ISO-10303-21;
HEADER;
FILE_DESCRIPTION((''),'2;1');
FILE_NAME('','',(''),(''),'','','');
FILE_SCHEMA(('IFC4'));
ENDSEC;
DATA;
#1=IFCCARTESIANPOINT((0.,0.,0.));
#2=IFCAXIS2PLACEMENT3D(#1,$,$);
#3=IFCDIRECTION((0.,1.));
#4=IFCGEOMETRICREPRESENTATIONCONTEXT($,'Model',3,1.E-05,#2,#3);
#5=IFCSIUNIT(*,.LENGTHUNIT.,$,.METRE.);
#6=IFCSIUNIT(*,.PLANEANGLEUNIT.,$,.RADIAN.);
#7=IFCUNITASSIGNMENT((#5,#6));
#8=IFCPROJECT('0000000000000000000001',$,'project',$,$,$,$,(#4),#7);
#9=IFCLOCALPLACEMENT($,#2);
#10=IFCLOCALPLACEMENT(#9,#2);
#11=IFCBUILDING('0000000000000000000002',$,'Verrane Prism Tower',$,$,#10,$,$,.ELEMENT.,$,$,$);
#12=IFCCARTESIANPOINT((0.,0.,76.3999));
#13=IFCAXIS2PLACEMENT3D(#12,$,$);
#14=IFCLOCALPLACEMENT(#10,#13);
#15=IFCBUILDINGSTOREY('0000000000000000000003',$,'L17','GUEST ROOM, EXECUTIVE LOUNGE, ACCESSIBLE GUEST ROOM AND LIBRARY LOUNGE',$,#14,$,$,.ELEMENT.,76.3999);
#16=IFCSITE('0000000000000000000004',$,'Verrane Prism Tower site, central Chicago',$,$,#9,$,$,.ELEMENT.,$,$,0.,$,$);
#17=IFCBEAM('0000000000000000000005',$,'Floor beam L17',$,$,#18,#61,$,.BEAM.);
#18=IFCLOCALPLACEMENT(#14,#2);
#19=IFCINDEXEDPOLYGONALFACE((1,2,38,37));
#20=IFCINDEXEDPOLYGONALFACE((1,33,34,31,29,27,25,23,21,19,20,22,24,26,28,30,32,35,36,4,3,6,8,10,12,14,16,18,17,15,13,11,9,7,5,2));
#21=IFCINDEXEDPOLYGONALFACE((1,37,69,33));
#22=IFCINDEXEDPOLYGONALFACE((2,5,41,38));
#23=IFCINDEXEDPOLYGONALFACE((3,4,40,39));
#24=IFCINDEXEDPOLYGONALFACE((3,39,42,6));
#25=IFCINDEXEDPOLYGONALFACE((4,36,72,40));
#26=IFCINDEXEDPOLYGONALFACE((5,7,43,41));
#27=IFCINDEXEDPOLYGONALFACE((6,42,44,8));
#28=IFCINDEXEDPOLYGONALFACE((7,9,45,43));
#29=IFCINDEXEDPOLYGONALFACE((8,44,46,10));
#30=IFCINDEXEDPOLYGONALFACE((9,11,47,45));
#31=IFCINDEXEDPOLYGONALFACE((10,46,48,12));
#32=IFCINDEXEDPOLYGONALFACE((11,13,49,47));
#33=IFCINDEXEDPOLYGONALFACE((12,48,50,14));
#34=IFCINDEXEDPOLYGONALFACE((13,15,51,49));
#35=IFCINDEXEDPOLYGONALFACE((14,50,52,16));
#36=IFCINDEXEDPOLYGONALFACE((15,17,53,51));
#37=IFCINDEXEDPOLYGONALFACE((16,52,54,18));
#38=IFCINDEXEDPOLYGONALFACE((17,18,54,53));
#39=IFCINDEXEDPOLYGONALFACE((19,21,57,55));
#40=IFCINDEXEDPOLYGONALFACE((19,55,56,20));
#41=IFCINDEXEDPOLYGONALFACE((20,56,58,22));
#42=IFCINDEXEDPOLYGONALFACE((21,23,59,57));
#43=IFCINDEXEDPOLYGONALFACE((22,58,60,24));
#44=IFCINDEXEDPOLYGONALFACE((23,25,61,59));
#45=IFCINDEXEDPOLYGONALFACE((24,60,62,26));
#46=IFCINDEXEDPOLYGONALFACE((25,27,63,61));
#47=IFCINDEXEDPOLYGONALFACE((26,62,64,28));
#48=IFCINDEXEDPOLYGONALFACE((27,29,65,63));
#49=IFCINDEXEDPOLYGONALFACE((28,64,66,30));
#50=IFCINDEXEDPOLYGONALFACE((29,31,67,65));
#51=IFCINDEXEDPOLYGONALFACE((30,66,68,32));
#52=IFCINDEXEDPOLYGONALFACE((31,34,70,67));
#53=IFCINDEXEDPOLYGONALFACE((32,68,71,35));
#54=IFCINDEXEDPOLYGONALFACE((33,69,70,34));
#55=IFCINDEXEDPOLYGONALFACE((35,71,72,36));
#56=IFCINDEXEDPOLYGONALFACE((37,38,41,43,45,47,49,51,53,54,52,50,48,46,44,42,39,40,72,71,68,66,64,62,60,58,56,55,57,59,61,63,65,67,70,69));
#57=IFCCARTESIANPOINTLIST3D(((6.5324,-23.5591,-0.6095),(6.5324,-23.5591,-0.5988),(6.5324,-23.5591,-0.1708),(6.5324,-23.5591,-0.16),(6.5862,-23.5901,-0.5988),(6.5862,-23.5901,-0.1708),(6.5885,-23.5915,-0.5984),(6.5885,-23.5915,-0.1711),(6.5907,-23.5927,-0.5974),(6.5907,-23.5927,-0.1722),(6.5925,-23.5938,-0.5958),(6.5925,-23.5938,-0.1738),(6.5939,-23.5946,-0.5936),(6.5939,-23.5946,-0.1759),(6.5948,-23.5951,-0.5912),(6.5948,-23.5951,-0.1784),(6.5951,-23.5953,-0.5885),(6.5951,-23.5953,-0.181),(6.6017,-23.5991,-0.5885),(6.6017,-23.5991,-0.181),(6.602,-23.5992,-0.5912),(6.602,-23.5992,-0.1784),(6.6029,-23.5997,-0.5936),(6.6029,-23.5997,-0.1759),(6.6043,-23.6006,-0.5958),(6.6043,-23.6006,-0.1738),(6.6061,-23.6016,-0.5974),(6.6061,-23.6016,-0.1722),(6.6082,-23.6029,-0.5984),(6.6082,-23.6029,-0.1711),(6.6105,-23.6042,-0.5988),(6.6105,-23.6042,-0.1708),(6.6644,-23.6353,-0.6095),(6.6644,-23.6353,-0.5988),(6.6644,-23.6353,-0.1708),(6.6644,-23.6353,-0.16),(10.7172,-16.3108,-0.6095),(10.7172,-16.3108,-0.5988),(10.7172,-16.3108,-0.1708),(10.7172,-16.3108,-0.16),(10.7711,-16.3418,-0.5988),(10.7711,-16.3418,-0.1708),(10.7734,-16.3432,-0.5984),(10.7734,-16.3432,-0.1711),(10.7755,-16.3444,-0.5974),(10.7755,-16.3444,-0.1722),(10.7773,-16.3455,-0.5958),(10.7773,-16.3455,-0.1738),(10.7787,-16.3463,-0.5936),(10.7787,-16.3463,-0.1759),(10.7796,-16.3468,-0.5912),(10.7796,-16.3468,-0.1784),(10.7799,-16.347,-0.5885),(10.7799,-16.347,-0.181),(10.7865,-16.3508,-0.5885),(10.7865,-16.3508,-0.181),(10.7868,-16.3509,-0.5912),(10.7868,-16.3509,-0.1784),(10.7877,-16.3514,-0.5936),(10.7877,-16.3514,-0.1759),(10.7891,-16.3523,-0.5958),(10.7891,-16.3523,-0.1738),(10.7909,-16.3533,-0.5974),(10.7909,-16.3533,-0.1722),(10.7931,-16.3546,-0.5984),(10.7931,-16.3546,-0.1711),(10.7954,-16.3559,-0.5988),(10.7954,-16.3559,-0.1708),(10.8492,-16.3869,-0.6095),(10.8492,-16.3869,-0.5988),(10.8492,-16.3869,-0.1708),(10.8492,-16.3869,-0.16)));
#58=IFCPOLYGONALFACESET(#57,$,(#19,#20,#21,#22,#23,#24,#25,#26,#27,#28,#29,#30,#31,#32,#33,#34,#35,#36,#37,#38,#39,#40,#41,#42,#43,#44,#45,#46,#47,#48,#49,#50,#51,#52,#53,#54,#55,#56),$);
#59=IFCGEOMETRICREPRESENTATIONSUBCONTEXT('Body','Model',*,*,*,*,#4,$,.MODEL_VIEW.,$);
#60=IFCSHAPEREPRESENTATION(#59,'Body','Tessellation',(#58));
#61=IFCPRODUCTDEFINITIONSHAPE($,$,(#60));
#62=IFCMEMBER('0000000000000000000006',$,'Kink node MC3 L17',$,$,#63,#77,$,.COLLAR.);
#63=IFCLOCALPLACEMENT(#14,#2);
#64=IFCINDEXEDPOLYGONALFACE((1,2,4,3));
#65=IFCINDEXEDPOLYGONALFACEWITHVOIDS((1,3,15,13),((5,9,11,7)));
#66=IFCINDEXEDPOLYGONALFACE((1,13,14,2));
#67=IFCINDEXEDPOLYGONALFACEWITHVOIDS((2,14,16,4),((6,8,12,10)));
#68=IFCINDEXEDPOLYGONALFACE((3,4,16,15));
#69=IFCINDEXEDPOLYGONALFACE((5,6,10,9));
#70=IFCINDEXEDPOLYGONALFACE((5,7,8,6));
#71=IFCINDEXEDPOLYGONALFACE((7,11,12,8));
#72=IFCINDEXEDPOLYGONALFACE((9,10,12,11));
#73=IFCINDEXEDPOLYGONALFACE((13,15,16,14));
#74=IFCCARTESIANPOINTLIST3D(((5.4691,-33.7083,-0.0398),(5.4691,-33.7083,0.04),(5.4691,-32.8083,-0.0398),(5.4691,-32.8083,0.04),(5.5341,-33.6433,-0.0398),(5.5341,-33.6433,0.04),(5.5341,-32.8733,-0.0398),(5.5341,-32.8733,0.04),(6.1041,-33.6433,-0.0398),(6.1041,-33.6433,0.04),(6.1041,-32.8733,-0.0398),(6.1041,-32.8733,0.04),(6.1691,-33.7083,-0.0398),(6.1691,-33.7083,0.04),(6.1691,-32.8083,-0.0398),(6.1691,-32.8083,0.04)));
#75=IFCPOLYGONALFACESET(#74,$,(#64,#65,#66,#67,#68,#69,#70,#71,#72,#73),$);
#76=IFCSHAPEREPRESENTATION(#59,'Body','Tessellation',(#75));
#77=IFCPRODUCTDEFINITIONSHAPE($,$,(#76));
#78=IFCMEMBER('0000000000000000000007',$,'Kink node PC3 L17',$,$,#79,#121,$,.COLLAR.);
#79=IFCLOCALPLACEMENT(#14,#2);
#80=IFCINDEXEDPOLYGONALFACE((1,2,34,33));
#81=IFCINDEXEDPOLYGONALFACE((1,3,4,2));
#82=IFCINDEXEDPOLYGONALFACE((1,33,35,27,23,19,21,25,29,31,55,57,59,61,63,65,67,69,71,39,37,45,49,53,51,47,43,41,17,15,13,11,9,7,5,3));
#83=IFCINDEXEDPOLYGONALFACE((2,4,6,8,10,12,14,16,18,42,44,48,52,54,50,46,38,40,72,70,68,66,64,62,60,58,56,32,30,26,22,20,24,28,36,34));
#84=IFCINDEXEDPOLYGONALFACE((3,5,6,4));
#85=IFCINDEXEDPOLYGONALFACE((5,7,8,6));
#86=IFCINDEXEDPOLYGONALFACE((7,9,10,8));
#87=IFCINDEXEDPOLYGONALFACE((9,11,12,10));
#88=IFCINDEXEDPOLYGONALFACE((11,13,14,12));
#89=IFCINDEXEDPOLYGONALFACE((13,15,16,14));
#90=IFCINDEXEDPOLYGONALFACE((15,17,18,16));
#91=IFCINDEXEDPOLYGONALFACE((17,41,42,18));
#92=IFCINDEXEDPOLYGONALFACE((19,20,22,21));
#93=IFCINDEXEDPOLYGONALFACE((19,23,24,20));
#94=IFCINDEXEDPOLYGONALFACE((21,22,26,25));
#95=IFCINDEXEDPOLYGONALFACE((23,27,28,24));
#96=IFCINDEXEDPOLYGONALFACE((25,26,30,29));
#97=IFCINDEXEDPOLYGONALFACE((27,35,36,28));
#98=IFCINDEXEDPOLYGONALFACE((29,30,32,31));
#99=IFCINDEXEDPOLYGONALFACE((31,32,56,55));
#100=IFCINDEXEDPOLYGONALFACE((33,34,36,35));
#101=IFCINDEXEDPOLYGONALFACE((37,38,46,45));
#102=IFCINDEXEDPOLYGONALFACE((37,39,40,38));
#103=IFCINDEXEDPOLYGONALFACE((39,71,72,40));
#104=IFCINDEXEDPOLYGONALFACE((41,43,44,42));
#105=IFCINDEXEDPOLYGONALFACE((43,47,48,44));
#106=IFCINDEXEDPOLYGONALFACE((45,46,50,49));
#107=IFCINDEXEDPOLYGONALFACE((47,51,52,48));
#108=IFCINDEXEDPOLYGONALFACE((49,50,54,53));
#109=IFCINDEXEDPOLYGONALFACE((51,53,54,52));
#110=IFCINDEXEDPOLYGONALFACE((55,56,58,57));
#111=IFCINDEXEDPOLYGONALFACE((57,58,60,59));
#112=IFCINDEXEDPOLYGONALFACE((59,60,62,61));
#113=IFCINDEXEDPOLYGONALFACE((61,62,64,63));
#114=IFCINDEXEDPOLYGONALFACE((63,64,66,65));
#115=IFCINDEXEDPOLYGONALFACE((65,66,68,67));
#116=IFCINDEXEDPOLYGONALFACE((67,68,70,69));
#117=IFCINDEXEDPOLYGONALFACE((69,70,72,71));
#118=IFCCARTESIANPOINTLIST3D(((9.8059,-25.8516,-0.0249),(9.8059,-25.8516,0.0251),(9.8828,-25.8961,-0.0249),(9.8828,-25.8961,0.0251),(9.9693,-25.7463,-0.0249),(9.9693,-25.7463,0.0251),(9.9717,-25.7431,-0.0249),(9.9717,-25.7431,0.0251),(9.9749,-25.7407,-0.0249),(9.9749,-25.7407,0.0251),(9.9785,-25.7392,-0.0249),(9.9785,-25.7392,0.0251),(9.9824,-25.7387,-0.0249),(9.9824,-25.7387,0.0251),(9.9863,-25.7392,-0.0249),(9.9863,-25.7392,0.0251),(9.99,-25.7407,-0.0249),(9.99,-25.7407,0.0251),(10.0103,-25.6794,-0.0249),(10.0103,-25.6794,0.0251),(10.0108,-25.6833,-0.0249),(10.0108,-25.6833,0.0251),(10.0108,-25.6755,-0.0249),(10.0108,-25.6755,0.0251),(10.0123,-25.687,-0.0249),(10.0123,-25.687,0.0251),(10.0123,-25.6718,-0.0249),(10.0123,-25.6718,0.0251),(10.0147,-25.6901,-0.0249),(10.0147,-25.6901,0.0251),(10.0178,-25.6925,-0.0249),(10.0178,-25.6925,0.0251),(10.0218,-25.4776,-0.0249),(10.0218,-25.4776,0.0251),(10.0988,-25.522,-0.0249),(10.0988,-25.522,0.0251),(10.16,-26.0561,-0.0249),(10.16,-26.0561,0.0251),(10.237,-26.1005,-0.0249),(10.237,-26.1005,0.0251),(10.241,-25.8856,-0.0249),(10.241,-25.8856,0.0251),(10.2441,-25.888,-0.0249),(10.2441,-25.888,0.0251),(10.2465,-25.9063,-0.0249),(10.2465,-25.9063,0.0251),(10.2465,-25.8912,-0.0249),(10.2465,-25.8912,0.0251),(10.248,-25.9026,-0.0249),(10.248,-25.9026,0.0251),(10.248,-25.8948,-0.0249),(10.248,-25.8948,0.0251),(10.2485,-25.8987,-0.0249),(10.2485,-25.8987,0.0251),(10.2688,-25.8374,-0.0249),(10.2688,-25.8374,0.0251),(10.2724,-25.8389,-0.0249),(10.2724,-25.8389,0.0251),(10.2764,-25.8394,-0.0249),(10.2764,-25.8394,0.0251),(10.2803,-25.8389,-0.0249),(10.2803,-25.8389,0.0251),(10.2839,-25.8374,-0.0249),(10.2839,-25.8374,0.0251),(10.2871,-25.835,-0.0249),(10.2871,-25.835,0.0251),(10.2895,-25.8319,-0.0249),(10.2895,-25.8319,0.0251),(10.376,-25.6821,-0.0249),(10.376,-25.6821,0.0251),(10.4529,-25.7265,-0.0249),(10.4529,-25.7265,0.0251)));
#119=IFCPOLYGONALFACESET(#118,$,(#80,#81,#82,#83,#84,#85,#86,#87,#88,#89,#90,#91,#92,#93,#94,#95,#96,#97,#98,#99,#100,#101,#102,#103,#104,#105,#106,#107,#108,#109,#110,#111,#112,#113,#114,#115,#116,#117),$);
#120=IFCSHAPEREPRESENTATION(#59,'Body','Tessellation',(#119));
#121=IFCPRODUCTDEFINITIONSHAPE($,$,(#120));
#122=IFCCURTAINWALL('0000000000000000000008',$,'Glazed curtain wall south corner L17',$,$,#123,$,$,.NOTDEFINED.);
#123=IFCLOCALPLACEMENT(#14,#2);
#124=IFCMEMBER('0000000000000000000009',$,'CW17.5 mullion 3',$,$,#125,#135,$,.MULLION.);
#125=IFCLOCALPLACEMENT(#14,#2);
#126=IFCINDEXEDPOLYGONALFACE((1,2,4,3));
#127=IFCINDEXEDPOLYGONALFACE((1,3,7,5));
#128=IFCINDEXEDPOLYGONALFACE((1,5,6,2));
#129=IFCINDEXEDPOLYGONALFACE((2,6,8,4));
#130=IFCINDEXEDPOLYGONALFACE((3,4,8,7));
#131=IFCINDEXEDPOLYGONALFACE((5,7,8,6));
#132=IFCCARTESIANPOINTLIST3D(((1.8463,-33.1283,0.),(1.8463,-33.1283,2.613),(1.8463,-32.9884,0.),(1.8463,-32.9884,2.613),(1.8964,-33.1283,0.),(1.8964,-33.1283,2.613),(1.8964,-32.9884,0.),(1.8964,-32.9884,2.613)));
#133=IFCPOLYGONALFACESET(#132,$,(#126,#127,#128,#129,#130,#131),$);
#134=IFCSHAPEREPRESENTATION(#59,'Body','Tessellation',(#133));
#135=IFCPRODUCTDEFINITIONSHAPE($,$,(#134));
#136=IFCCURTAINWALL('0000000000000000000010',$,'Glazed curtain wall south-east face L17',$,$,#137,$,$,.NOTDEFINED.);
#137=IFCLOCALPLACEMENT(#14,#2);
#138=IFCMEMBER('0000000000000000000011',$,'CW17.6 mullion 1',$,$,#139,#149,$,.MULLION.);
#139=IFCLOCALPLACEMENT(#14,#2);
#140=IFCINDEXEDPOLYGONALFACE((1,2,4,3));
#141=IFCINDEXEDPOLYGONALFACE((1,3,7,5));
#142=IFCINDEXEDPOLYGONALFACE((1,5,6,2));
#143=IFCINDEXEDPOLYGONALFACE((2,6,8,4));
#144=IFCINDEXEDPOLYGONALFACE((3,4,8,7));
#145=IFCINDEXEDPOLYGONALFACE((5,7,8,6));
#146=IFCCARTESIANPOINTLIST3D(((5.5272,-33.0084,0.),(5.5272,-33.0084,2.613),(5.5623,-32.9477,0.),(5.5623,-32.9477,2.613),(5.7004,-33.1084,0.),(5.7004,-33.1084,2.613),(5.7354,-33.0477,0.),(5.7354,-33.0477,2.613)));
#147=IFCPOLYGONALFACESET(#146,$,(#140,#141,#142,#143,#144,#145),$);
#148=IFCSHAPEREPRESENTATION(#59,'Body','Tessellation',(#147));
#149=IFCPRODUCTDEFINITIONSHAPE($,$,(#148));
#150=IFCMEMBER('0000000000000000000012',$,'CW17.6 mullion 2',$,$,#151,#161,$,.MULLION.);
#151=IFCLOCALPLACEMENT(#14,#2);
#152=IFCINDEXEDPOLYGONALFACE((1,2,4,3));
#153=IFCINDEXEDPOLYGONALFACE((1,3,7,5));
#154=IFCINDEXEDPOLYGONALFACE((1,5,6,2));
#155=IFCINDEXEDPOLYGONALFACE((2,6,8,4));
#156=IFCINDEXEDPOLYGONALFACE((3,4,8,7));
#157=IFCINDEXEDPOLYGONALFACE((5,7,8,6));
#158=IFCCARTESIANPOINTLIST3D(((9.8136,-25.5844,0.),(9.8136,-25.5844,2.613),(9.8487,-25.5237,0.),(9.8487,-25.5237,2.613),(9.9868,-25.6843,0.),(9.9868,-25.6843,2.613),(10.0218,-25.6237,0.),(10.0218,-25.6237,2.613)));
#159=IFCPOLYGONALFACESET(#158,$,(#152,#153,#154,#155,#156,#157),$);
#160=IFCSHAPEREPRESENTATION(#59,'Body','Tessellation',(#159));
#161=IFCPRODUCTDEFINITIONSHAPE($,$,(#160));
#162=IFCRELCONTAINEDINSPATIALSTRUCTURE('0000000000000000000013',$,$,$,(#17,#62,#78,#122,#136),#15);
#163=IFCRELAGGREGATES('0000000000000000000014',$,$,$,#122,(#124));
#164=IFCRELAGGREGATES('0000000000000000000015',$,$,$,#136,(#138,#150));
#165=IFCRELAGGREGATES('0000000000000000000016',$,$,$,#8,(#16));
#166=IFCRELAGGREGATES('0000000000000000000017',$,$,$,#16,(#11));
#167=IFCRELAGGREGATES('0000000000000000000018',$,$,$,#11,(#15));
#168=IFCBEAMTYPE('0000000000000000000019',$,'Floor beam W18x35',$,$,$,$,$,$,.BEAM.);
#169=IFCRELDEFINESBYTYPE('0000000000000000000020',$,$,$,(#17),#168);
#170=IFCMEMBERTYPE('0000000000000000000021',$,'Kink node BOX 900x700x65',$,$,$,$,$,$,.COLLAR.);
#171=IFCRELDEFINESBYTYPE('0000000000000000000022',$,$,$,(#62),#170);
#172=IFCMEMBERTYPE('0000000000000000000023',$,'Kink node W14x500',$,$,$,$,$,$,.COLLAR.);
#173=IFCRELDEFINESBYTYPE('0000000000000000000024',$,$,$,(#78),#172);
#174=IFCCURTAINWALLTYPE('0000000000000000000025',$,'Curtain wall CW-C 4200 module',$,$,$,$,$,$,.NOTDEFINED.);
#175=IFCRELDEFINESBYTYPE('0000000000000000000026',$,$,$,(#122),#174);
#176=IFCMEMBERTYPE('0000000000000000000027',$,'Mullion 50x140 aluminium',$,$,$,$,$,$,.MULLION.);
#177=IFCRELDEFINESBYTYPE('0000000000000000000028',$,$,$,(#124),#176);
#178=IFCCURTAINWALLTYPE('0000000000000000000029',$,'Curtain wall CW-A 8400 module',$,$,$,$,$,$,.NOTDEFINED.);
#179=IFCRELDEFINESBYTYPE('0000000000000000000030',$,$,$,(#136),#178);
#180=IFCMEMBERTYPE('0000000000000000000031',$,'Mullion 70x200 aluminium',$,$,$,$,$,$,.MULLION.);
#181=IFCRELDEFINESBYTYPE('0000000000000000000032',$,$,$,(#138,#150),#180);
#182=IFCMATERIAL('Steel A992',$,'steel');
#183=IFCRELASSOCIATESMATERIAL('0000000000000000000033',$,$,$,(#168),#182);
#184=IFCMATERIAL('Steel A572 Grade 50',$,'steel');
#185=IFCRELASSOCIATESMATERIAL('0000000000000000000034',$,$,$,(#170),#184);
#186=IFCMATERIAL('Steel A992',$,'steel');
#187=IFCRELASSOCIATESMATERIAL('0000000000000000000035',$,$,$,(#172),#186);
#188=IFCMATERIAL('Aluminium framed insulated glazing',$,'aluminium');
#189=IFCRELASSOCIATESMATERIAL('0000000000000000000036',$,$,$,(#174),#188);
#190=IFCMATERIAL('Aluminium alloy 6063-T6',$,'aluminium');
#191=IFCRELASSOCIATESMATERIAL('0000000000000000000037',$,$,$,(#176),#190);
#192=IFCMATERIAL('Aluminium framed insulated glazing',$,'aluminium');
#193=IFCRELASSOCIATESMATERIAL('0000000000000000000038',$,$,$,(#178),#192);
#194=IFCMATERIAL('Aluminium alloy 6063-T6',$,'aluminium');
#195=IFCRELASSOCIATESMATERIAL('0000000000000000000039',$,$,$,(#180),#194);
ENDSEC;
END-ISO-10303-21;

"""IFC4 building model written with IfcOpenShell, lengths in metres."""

from ifc_helpers import new_model, si_unit, direction, frame, origin, origin_2d, place, context, subcontext, project, spatial, rectangle, hollow_rectangle, i_section, extrude, material, material_profile, profile_set, type_object, element, aggregate, save


model = new_model("IFC4")

# Units and contexts
model_context = context("Model", 3, precision=1e-05, world=origin(), true_north=direction((0.0, 1.0)))
body_context = subcontext(model_context, "Body", "Model", "MODEL_VIEW")
ifc_project = project(units=[si_unit("LENGTHUNIT", "METRE"), si_unit("PLANEANGLEUNIT", "RADIAN")], contexts=[model_context])

# Site, building, storey
site_placement = place(None, origin())
site = spatial("IfcSite", under=ifc_project, at=site_placement, Name="Verrane Prism Tower site, central Chicago", CompositionType="ELEMENT", RefElevation=0.0)
building_placement = place(site_placement, origin())
building = spatial("IfcBuilding", under=site, at=building_placement, Name="Verrane Prism Tower", CompositionType="ELEMENT")
storey_placement = place(building_placement, frame((0.0, 0.0, 76.3999)))
storey = spatial("IfcBuildingStorey", under=building, at=storey_placement, Name="L17", Description="GUEST ROOM, EXECUTIVE LOUNGE, ACCESSIBLE GUEST ROOM AND LIBRARY LOUNGE", CompositionType="ELEMENT", Elevation=76.3999)

# Beam
ifc_material_1 = material(Name="Steel A992", Category="steel")
ifc_material_profile_1 = material_profile(ifc_material_1, i_section(OverallWidth=0.1523, OverallDepth=0.4495, WebThickness=0.0076, FlangeThickness=0.0107, FilletRadius=0.0103, at=origin_2d()), Name="W18x35")
ifc_profile_set_1 = profile_set([ifc_material_profile_1], Name="Steel A992")
beam_type_1 = type_object("IfcBeamType", Name="Floor beam W18x35", PredefinedType="BEAM", material=ifc_profile_set_1)
beam_1_placement = place(storey_placement, frame((6.5984, -23.5972, -0.3848), z_axis=(0.500001, 0.866025, 0.0), x_axis=(-0.866025, 0.500001, 0.0)))
element("IfcBeam", 1, at=beam_1_placement, inside=storey, type_object=beam_type_1, Name="Floor beam L17", PredefinedType="BEAM", context=body_context, shape_type="SweptSolid", body=[
    extrude(i_section(OverallWidth=0.1523, OverallDepth=0.4495, WebThickness=0.0076, FlangeThickness=0.0107, FilletRadius=0.0103, at=origin_2d()), origin(), (0.0, 0.0, 1.0), 8.3696),
])

# Members
ifc_material_2 = material(Name="Steel A572 Grade 50", Category="steel")
ifc_material_profile_2 = material_profile(ifc_material_2, hollow_rectangle(XDim=0.7, YDim=0.8999, WallThickness=0.0649, at=origin_2d()), Name="BOX 900x700x65")
ifc_profile_set_2 = profile_set([ifc_material_profile_2], Name="Steel A572 Grade 50")
member_type_1 = type_object("IfcMemberType", Name="Kink node BOX 900x700x65", PredefinedType="COLLAR", material=ifc_profile_set_2)
member_1_placement = place(storey_placement, frame((5.8191, -33.2583, -0.0398), z_axis=(0.0, 0.0, 1.0), x_axis=(-1.0, 0.0, 0.0)))
element("IfcMember", 2, at=member_1_placement, inside=storey, type_object=member_type_1, Name="Kink node MC3 L17", PredefinedType="COLLAR", context=body_context, shape_type="SweptSolid", body=[
    extrude(hollow_rectangle(XDim=0.7, YDim=0.8999, WallThickness=0.0649, at=origin_2d()), origin(), (0.0, 0.0, 1.0), 0.0798),
])
ifc_material_3 = material(Name="Steel A992", Category="steel")
ifc_material_profile_3 = material_profile(ifc_material_3, i_section(OverallWidth=0.4319, OverallDepth=0.4978, WebThickness=0.0557, FlangeThickness=0.0889, FilletRadius=0.0151, at=origin_2d()), Name="W14x500")
ifc_profile_set_3 = profile_set([ifc_material_profile_3], Name="Steel A992")
member_type_2 = type_object("IfcMemberType", Name="Kink node W14x500", PredefinedType="COLLAR", material=ifc_profile_set_3)
member_2_placement = place(storey_placement, frame((10.1294, -25.7891, -0.0249), z_axis=(0.0, 0.0, 1.0), x_axis=(-0.5, -0.866025, 0.0)))
element("IfcMember", 3, at=member_2_placement, inside=storey, type_object=member_type_2, Name="Kink node PC3 L17", PredefinedType="COLLAR", context=body_context, shape_type="SweptSolid", body=[
    extrude(i_section(OverallWidth=0.4319, OverallDepth=0.4978, WebThickness=0.0557, FlangeThickness=0.0889, FilletRadius=0.0151, at=origin_2d()), origin(), (0.0, 0.0, 1.0), 0.05),
])

# Curtain wall, member
ifc_material_4 = material(Name="Aluminium framed insulated glazing", Category="aluminium")
curtain_wall_type_1 = type_object("IfcCurtainWallType", Name="Curtain wall CW-C 4200 module", PredefinedType="NOTDEFINED", material=ifc_material_4)
curtain_wall_1_placement = place(storey_placement, origin())
curtain_wall_1 = element("IfcCurtainWall", 4, at=curtain_wall_1_placement, inside=storey, type_object=curtain_wall_type_1, Name="Glazed curtain wall south corner L17", PredefinedType="NOTDEFINED")
ifc_material_5 = material(Name="Aluminium alloy 6063-T6", Category="aluminium")
ifc_material_profile_4 = material_profile(ifc_material_5, rectangle(XDim=0.1399, YDim=0.05, at=origin_2d()), Name="Mullion 50x140 aluminium")
ifc_profile_set_4 = profile_set([ifc_material_profile_4], Name="Aluminium alloy 6063-T6")
member_type_3 = type_object("IfcMemberType", Name="Mullion 50x140 aluminium", PredefinedType="MULLION", material=ifc_profile_set_4)
member_3_placement = place(storey_placement, frame((1.8713, -33.0583, 0.0), z_axis=(0.0, 0.0, 1.0), x_axis=(0.0, 1.0, 0.0)))
member_3 = element("IfcMember", 5, at=member_3_placement, type_object=member_type_3, Name="CW17.5 mullion 3", PredefinedType="MULLION", context=body_context, shape_type="SweptSolid", body=[
    extrude(rectangle(XDim=0.1399, YDim=0.05, at=origin_2d()), origin(), (0.0, 0.0, 1.0), 2.613),
])

# Curtain wall, members
ifc_material_6 = material(Name="Aluminium framed insulated glazing", Category="aluminium")
curtain_wall_type_2 = type_object("IfcCurtainWallType", Name="Curtain wall CW-A 8400 module", PredefinedType="NOTDEFINED", material=ifc_material_6)
curtain_wall_2_placement = place(storey_placement, origin())
curtain_wall_2 = element("IfcCurtainWall", 6, at=curtain_wall_2_placement, inside=storey, type_object=curtain_wall_type_2, Name="Glazed curtain wall south-east face L17", PredefinedType="NOTDEFINED")
ifc_material_7 = material(Name="Aluminium alloy 6063-T6", Category="aluminium")
ifc_material_profile_5 = material_profile(ifc_material_7, rectangle(XDim=0.2, YDim=0.0701, at=origin_2d()), Name="Mullion 70x200 aluminium")
ifc_profile_set_5 = profile_set([ifc_material_profile_5], Name="Aluminium alloy 6063-T6")
member_type_4 = type_object("IfcMemberType", Name="Mullion 70x200 aluminium", PredefinedType="MULLION", material=ifc_profile_set_5)
member_4_placement = place(storey_placement, frame((5.6313, -33.0281, 0.0), z_axis=(0.0, 0.0, 1.0), x_axis=(-0.866026, 0.499999, 0.0)))
member_4 = element("IfcMember", 7, at=member_4_placement, type_object=member_type_4, Name="CW17.6 mullion 1", PredefinedType="MULLION", context=body_context, shape_type="SweptSolid", body=[
    extrude(rectangle(XDim=0.2, YDim=0.0701, at=origin_2d()), origin(), (0.0, 0.0, 1.0), 2.613),
])
member_5_placement = place(storey_placement, frame((9.9177, -25.604, 0.0), z_axis=(0.0, 0.0, 1.0), x_axis=(-0.866026, 0.499999, 0.0)))
member_5 = element("IfcMember", 8, at=member_5_placement, type_object=member_type_4, Name="CW17.6 mullion 2", PredefinedType="MULLION", context=body_context, shape_type="SweptSolid", body=[
    extrude(rectangle(XDim=0.2, YDim=0.0701, at=origin_2d()), origin(), (0.0, 0.0, 1.0), 2.613),
])

aggregate(curtain_wall_1, [member_3])
aggregate(curtain_wall_2, [member_4, member_5])

save(model, "model.ifc")
